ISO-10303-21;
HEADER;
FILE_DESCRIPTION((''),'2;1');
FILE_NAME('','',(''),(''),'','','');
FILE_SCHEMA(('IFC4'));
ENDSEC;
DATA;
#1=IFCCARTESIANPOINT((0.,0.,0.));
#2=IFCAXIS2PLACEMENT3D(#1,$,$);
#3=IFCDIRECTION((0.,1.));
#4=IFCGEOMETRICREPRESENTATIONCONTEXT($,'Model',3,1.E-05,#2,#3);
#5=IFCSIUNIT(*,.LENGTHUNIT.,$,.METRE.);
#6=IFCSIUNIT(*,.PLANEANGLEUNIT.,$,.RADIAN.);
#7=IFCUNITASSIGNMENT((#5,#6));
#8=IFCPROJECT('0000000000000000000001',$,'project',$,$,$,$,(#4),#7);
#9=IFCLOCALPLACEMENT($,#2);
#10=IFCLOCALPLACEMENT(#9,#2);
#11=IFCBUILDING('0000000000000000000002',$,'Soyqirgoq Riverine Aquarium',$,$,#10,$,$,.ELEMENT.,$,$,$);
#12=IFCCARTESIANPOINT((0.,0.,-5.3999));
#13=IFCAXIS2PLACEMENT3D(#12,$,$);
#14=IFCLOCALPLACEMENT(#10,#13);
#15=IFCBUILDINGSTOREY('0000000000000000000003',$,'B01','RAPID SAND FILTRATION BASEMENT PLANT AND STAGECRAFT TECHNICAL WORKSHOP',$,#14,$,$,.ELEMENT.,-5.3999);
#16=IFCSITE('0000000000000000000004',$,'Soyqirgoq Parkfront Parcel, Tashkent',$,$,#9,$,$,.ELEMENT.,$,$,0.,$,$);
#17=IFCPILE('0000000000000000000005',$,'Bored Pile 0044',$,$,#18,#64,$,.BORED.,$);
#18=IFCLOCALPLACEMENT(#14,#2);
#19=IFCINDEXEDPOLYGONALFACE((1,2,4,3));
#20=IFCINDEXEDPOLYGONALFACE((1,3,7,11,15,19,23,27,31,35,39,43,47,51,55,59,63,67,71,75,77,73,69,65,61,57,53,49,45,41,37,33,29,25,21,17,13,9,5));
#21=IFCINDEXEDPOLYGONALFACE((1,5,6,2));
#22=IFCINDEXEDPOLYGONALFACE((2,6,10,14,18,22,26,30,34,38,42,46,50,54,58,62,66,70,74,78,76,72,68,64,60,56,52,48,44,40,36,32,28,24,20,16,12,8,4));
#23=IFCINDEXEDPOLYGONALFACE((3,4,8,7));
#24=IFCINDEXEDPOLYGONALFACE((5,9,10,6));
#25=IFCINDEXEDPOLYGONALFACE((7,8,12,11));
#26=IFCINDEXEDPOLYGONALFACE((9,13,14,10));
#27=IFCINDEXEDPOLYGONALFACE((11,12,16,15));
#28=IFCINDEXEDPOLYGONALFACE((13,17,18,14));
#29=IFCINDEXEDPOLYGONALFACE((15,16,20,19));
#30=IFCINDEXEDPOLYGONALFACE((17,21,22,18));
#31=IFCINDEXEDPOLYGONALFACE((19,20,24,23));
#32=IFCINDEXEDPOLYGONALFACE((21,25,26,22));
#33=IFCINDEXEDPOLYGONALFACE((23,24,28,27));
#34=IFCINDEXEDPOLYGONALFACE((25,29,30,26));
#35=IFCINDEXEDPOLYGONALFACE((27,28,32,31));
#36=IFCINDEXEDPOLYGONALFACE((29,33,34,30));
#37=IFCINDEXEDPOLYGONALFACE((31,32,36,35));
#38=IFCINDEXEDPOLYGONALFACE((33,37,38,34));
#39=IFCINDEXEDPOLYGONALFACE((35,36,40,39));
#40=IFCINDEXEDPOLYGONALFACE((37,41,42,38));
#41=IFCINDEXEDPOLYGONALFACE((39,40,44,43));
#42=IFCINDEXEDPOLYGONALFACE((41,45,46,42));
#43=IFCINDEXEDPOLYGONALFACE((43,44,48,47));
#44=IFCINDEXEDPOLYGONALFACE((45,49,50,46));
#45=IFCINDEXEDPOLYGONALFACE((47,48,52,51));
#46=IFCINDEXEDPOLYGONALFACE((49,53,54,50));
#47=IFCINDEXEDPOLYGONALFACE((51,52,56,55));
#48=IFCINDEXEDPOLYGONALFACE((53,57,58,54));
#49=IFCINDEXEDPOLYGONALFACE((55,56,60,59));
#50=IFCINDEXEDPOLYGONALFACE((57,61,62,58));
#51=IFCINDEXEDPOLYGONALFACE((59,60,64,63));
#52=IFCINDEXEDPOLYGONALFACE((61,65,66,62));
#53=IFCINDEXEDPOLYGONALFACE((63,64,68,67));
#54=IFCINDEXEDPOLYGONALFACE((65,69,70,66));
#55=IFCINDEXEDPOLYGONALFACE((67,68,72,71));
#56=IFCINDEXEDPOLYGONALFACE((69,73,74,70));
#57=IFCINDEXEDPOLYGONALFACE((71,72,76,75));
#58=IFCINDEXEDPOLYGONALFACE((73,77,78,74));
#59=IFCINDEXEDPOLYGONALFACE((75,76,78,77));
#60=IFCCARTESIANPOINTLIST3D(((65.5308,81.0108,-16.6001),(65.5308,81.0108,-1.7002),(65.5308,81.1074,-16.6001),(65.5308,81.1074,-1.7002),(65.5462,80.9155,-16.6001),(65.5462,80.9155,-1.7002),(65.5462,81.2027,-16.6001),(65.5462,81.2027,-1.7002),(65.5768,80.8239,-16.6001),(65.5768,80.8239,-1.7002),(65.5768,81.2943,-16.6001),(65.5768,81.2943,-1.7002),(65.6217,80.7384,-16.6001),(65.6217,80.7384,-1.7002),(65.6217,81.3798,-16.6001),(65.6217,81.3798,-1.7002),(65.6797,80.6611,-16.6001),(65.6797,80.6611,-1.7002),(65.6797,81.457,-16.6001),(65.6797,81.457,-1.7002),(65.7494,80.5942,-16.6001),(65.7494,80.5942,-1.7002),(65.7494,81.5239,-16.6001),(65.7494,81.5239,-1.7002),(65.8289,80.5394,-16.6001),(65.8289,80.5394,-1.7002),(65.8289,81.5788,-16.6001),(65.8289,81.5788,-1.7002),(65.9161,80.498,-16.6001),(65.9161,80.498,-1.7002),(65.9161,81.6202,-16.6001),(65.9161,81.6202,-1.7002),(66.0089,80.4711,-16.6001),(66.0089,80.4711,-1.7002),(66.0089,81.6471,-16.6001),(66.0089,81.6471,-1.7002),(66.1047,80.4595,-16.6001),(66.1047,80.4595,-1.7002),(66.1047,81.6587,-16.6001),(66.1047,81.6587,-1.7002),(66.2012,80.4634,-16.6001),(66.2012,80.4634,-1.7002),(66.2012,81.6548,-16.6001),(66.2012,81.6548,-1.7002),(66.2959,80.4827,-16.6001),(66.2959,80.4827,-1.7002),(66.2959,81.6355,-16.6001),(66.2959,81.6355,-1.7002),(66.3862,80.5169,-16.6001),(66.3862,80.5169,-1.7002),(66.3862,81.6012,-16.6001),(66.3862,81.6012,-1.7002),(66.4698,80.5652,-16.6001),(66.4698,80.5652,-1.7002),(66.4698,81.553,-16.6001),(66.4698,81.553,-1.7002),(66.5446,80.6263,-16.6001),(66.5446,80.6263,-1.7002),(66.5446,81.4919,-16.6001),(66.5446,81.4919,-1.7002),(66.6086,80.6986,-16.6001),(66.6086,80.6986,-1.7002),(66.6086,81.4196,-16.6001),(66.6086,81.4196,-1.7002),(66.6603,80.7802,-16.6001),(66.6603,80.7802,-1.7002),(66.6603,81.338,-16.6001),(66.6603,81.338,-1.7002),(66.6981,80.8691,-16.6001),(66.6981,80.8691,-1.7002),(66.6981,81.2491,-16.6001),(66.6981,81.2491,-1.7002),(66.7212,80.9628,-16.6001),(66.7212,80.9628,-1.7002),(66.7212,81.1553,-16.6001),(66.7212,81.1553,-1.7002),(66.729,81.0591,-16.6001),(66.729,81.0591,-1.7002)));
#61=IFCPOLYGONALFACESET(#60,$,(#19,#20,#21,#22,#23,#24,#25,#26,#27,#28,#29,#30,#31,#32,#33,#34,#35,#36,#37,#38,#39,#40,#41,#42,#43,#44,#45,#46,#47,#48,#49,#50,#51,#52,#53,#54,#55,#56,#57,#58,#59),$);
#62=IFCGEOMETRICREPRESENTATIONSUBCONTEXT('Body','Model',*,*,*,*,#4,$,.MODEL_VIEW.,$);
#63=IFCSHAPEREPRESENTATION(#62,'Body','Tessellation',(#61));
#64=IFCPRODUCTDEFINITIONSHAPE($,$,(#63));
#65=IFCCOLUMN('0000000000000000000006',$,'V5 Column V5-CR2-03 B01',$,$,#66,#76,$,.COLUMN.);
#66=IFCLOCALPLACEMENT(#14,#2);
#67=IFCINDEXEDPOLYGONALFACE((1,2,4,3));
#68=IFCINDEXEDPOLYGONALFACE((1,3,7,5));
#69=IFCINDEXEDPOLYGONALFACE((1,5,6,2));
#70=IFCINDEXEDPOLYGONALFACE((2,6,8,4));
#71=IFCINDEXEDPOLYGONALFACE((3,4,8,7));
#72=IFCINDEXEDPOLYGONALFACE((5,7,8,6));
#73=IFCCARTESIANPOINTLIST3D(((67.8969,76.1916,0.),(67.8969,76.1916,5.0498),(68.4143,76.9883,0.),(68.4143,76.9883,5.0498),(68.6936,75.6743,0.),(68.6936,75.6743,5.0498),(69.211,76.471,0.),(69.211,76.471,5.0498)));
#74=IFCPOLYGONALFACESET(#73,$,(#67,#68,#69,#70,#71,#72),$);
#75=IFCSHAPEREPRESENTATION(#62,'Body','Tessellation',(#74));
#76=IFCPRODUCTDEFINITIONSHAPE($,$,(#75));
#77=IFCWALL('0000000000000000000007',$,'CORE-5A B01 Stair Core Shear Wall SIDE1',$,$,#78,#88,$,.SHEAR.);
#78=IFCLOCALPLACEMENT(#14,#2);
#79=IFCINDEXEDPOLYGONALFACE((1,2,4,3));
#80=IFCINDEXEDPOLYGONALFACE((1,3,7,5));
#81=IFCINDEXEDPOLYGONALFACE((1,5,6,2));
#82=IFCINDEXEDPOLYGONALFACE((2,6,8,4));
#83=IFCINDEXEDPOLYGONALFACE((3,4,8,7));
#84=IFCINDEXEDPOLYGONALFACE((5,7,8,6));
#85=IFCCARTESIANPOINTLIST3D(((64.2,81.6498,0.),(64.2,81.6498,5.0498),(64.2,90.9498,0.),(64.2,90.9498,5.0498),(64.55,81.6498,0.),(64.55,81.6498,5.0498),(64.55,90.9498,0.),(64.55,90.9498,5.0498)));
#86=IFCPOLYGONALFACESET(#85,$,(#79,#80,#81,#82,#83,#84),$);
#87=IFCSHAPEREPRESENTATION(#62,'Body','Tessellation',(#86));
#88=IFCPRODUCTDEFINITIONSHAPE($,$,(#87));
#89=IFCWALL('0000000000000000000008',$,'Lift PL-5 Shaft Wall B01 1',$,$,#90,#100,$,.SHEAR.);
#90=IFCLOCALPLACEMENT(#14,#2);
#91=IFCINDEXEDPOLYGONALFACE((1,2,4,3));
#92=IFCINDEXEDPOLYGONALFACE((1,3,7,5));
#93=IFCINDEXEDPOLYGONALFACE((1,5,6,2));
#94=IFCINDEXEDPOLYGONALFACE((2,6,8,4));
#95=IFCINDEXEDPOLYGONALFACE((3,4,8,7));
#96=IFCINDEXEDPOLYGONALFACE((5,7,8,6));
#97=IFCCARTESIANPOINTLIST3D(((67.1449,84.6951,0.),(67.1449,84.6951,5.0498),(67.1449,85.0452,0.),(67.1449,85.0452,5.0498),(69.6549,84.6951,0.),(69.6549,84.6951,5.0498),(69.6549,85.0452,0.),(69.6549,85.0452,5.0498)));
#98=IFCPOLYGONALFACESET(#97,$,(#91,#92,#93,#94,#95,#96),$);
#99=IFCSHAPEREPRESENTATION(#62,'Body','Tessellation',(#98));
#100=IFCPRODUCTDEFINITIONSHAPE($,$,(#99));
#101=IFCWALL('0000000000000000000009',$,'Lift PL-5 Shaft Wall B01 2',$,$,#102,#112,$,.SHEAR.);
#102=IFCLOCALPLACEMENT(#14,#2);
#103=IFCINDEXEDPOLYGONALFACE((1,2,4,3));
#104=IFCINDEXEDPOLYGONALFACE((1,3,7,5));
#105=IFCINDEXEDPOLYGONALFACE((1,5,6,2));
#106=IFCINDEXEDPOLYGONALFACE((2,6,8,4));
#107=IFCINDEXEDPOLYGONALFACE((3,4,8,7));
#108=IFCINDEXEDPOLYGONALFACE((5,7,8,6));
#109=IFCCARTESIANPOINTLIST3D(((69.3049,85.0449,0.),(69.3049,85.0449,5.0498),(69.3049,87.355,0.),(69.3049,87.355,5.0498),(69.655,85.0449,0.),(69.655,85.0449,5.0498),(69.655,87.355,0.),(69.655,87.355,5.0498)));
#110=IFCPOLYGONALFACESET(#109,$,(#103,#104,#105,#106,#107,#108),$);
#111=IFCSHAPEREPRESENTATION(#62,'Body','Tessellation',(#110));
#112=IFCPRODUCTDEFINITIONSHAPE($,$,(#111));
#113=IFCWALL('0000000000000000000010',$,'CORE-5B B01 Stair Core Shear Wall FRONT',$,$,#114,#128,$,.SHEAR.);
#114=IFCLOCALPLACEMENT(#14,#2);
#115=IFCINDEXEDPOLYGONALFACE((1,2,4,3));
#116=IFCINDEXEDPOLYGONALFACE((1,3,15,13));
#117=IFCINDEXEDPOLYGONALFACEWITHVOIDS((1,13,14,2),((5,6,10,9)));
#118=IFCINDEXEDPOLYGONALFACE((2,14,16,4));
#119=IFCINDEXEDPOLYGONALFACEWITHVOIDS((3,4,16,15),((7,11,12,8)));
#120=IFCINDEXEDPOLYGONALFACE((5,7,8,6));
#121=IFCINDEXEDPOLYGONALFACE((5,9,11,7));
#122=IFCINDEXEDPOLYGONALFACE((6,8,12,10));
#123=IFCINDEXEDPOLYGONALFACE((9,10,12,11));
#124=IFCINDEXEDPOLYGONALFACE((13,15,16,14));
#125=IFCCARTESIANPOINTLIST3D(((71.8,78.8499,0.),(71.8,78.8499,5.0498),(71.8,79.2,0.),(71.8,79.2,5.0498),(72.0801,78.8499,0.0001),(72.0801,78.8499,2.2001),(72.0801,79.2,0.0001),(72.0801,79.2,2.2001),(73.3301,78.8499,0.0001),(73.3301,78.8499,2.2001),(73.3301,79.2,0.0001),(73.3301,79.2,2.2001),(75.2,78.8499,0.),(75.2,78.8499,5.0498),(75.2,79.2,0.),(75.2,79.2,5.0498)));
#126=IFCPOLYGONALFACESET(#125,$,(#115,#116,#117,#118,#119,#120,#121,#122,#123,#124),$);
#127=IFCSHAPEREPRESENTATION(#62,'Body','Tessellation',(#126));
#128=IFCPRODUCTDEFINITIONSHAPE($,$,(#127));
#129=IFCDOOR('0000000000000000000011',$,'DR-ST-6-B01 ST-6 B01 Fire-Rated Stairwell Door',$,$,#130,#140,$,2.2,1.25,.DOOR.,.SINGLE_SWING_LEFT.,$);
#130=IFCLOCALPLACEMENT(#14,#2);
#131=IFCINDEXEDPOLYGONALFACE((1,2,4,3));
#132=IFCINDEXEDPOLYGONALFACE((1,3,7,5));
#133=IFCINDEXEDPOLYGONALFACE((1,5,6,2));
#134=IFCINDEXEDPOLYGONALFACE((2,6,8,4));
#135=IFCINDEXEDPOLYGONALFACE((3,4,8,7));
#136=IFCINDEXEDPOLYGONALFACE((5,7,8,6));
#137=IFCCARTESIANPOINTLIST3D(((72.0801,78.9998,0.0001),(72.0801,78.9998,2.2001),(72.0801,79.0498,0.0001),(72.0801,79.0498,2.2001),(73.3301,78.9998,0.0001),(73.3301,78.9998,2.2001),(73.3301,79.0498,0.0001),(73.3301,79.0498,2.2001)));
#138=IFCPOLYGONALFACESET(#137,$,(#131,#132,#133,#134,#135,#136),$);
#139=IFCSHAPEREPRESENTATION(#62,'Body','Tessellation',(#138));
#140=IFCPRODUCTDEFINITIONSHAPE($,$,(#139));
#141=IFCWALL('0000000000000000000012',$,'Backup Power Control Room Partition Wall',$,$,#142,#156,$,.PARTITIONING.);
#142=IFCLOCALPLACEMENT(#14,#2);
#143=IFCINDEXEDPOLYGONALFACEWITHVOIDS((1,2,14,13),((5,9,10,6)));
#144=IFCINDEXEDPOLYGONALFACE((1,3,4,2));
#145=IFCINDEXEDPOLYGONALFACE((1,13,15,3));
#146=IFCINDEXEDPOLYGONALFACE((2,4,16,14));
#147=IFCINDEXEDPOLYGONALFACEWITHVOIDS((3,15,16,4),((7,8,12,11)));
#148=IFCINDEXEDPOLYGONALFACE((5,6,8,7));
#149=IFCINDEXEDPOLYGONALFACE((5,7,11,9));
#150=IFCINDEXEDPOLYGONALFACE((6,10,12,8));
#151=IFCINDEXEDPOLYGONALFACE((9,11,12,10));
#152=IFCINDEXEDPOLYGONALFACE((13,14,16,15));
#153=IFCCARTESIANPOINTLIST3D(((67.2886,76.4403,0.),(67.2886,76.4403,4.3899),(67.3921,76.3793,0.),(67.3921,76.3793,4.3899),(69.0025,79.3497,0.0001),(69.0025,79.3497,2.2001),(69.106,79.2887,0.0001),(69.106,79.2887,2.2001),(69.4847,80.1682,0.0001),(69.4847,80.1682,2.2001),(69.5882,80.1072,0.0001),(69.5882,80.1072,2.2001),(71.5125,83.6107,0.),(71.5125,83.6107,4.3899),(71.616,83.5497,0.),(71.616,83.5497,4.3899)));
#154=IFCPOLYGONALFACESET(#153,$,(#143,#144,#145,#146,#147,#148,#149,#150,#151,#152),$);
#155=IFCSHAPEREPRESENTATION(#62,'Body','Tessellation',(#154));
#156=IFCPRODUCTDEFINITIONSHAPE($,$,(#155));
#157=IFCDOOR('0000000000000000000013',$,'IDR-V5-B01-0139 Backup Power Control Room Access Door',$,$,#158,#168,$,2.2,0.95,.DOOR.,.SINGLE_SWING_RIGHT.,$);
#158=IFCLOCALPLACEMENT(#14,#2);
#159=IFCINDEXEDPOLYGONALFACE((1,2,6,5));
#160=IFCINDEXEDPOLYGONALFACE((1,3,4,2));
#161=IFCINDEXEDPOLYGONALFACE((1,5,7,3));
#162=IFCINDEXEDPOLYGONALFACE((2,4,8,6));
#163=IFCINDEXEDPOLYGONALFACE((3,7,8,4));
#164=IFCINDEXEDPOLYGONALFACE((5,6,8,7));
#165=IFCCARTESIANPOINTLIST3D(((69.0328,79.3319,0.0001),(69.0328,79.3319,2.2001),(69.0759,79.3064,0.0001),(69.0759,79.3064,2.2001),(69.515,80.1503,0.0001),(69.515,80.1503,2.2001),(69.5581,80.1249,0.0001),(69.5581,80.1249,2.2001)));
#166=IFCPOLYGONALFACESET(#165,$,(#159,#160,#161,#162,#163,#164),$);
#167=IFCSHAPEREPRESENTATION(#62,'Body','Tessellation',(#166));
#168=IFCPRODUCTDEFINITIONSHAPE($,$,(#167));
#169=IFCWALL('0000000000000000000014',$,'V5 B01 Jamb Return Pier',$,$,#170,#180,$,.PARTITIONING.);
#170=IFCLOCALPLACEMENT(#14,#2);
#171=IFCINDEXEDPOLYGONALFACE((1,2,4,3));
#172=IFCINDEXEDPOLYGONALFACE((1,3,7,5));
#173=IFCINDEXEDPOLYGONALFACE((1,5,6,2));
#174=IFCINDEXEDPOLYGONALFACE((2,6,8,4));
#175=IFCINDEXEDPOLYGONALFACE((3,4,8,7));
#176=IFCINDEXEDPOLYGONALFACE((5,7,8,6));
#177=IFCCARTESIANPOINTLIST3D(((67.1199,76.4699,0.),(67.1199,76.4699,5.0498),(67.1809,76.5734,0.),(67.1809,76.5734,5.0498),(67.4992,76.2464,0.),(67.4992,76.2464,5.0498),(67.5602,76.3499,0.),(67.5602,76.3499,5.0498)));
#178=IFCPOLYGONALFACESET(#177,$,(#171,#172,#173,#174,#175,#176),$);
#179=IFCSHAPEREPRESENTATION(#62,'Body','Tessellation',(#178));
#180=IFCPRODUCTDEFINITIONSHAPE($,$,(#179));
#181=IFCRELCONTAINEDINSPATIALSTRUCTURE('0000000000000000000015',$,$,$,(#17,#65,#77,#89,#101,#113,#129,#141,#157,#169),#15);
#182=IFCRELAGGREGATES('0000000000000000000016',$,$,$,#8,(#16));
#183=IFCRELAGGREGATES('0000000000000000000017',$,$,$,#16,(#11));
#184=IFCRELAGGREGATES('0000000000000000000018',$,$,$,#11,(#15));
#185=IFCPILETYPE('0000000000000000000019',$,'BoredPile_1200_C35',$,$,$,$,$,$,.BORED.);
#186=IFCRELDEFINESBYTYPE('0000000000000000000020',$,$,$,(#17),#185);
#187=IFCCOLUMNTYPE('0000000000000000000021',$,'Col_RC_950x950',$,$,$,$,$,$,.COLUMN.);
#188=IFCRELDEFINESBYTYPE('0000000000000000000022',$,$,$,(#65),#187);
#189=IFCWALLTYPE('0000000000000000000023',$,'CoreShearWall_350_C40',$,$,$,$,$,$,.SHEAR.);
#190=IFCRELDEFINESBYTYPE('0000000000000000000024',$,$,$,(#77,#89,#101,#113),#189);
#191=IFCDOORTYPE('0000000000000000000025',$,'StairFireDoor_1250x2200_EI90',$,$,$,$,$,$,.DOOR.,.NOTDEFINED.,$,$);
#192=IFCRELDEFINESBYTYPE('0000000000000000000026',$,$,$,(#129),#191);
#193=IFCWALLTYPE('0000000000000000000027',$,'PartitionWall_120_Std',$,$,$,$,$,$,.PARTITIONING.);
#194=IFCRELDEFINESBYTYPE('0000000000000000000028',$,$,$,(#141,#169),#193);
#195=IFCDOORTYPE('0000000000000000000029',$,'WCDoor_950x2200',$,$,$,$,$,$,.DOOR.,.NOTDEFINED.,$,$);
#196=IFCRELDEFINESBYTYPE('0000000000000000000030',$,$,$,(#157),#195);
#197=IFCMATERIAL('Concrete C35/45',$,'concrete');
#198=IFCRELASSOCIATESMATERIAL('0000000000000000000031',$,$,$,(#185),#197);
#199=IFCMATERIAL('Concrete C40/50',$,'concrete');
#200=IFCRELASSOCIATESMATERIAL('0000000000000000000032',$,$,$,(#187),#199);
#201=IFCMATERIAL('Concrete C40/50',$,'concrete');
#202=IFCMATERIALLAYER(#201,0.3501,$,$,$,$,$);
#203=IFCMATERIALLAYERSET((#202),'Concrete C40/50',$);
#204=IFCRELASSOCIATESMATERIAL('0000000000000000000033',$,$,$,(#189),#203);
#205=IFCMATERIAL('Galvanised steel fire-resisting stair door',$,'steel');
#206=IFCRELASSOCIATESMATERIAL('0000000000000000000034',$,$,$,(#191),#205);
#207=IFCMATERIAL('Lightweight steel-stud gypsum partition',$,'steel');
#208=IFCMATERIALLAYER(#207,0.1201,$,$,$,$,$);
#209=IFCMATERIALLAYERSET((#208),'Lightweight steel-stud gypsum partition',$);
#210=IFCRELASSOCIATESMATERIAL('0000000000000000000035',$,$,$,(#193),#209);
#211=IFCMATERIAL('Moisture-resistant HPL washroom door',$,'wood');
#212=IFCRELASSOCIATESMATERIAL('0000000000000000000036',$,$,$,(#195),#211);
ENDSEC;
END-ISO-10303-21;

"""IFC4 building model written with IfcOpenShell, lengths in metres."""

from ifc_helpers import new_model, si_unit, direction, frame, frame_2d, origin, origin_2d, place, context, subcontext, project, spatial, rectangle, circle, extrude, material, layer, layer_set, material_profile, profile_set, type_object, element, fill, save


model = new_model("IFC4")

# Units and contexts
model_context = context("Model", 3, precision=1e-05, world=origin(), true_north=direction((0.0, 1.0)))
body_context = subcontext(model_context, "Body", "Model", "MODEL_VIEW")
ifc_project = project(units=[si_unit("LENGTHUNIT", "METRE"), si_unit("PLANEANGLEUNIT", "RADIAN")], contexts=[model_context])

# Site, building, storey
site_placement = place(None, origin())
site = spatial("IfcSite", under=ifc_project, at=site_placement, Name="Soyqirgoq Parkfront Parcel, Tashkent", CompositionType="ELEMENT", RefElevation=0.0)
building_placement = place(site_placement, origin())
building = spatial("IfcBuilding", under=site, at=building_placement, Name="Soyqirgoq Riverine Aquarium", CompositionType="ELEMENT")
storey_placement = place(building_placement, frame((0.0, 0.0, -5.3999)))
storey = spatial("IfcBuildingStorey", under=building, at=storey_placement, Name="B01", Description="RAPID SAND FILTRATION BASEMENT PLANT AND STAGECRAFT TECHNICAL WORKSHOP", CompositionType="ELEMENT", Elevation=-5.3999)

# Pile
ifc_material_1 = material(Name="Concrete C35/45", Category="concrete")
ifc_material_profile_1 = material_profile(ifc_material_1, circle(Radius=0.6001, at=origin_2d()), Name="BP D1200")
ifc_profile_set_1 = profile_set([ifc_material_profile_1], Name="Concrete C35/45")
pile_type = type_object("IfcPileType", Name="BoredPile_1200_C35", PredefinedType="BORED", material=ifc_profile_set_1)
pile_placement = place(storey_placement, frame((66.1289, 81.0591, -1.7002), z_axis=(0.0, 0.0, -1.0), x_axis=(1.0, 0.0, 0.0)))
element("IfcPile", 1, at=pile_placement, inside=storey, type_object=pile_type, Name="Bored Pile 0044", PredefinedType="BORED", context=body_context, shape_type="SweptSolid", body=[
    extrude(circle(Radius=0.6001, at=origin_2d()), origin(), (0.0, 0.0, 1.0), 14.8999),
])

# Column
ifc_material_2 = material(Name="Concrete C40/50", Category="concrete")
ifc_material_profile_2 = material_profile(ifc_material_2, rectangle(XDim=0.95, YDim=0.95, at=origin_2d()), Name="RC 950x950")
ifc_profile_set_2 = profile_set([ifc_material_profile_2], Name="Concrete C40/50")
column_type = type_object("IfcColumnType", Name="Col_RC_950x950", PredefinedType="COLUMN", material=ifc_profile_set_2)
column_placement = place(storey_placement, frame((68.554, 76.3313, 0.0), z_axis=(0.0, 0.0, 1.0), x_axis=(0.544639, 0.838671, 0.0)))
element("IfcColumn", 2, at=column_placement, inside=storey, type_object=column_type, Name="V5 Column V5-CR2-03 B01", PredefinedType="COLUMN", context=body_context, shape_type="SweptSolid", body=[
    extrude(rectangle(XDim=0.95, YDim=0.95, at=origin_2d()), origin(), (0.0, 0.0, 1.0), 5.0498),
])

# Walls
ifc_material_3 = material(Name="Concrete C40/50", Category="concrete")
ifc_layer_1 = layer(ifc_material_3, 0.3501)
ifc_layer_set_1 = layer_set([ifc_layer_1], Name="Concrete C40/50")
wall_type_1 = type_object("IfcWallType", Name="CoreShearWall_350_C40", PredefinedType="SHEAR", material=ifc_layer_set_1)
wall_1_placement = place(storey_placement, frame((64.375, 81.6499, 0.0), z_axis=(0.0, 0.0, 1.0), x_axis=(0.0, 1.0, 0.0)))
element("IfcWall", 3, at=wall_1_placement, inside=storey, type_object=wall_type_1, Name="CORE-5A B01 Stair Core Shear Wall SIDE1", PredefinedType="SHEAR", context=body_context, shape_type="SweptSolid", body=[
    extrude(rectangle(XDim=9.3, YDim=0.3501, at=frame_2d((4.6499, 0.0))), origin(), (0.0, 0.0, 1.0), 5.0498),
])
wall_2_placement = place(storey_placement, frame((67.145, 84.8701, 0.0), z_axis=(0.0, 0.0, 1.0), x_axis=(1.0, 0.0, 0.0)))
element("IfcWall", 4, at=wall_2_placement, inside=storey, type_object=wall_type_1, Name="Lift PL-5 Shaft Wall B01 1", PredefinedType="SHEAR", context=body_context, shape_type="SweptSolid", body=[
    extrude(rectangle(XDim=2.51, YDim=0.3501, at=frame_2d((1.2549, 0.0))), origin(), (0.0, 0.0, 1.0), 5.0498),
])
wall_3_placement = place(storey_placement, frame((69.48, 85.0449, 0.0), z_axis=(0.0, 0.0, 1.0), x_axis=(0.0, 1.0, 0.0)))
element("IfcWall", 5, at=wall_3_placement, inside=storey, type_object=wall_type_1, Name="Lift PL-5 Shaft Wall B01 2", PredefinedType="SHEAR", context=body_context, shape_type="SweptSolid", body=[
    extrude(rectangle(XDim=2.3101, YDim=0.3501, at=frame_2d((1.155, 0.0))), origin(), (0.0, 0.0, 1.0), 5.0498),
])

# Walls, openings, doors
wall_4_placement = place(storey_placement, frame((71.8, 79.0249, 0.0), z_axis=(0.0, 0.0, 1.0), x_axis=(1.0, 0.0, 0.0)))
wall_4 = element("IfcWall", 6, at=wall_4_placement, inside=storey, type_object=wall_type_1, Name="CORE-5B B01 Stair Core Shear Wall FRONT", PredefinedType="SHEAR", context=body_context, shape_type="SweptSolid", body=[
    extrude(rectangle(XDim=3.3999, YDim=0.3501, at=frame_2d((1.7, 0.0))), origin(), (0.0, 0.0, 1.0), 5.0498),
])
opening_1_placement = place(wall_4_placement, frame((0.28, 0.0, 0.0)))
opening_1 = element("IfcOpeningElement", 7, at=opening_1_placement, cuts=wall_4, PredefinedType="OPENING", context=body_context, shape_type="SweptSolid", body=[
    extrude(rectangle(XDim=1.25, YDim=2.2, at=frame_2d((0.625, 1.1001))), frame((0.0, 0.1851, 0.0), z_axis=(0.0, -1.0, 0.0), x_axis=(1.0, 0.0, 0.0)), (0.0, 0.0, 1.0), 0.3701),
])
ifc_material_4 = material(Name="Galvanised steel fire-resisting stair door", Category="steel")
door_type_1 = type_object("IfcDoorType", Name="StairFireDoor_1250x2200_EI90", OperationType="NOTDEFINED", PredefinedType="DOOR", material=ifc_material_4)
door_1_placement = place(opening_1_placement, origin())
door_1 = element("IfcDoor", 8, at=door_1_placement, inside=storey, type_object=door_type_1, Name="DR-ST-6-B01 ST-6 B01 Fire-Rated Stairwell Door", OperationType="SINGLE_SWING_LEFT", OverallHeight=2.2, OverallWidth=1.25, PredefinedType="DOOR", context=body_context, shape_type="SweptSolid", body=[
    extrude(rectangle(XDim=1.25, YDim=2.2, at=frame_2d((0.625, 1.1001))), frame((0.0, 0.0249, 0.0), z_axis=(0.0, -1.0, 0.0), x_axis=(1.0, 0.0, 0.0)), (0.0, 0.0, 1.0), 0.05),
])
fill(opening_1, door_1)
ifc_material_5 = material(Name="Lightweight steel-stud gypsum partition", Category="steel")
ifc_layer_2 = layer(ifc_material_5, 0.1201)
ifc_layer_set_2 = layer_set([ifc_layer_2], Name="Lightweight steel-stud gypsum partition")
wall_type_2 = type_object("IfcWallType", Name="PartitionWall_120_Std", PredefinedType="PARTITIONING", material=ifc_layer_set_2)
wall_5_placement = place(storey_placement, frame((67.3403, 76.4097, 0.0), z_axis=(0.0, 0.0, 1.0), x_axis=(0.507555, 0.86162, 0.0)))
wall_5 = element("IfcWall", 9, at=wall_5_placement, inside=storey, type_object=wall_type_2, Name="Backup Power Control Room Partition Wall", PredefinedType="PARTITIONING", context=body_context, shape_type="SweptSolid", body=[
    extrude(rectangle(XDim=8.322, YDim=0.1201, at=frame_2d((4.1611, 0.0))), origin(), (0.0, 0.0, 1.0), 4.3899),
])
opening_2_placement = place(wall_5_placement, frame((3.3767, 0.0, 0.0)))
opening_2 = element("IfcOpeningElement", 10, at=opening_2_placement, cuts=wall_5, PredefinedType="OPENING", context=body_context, shape_type="SweptSolid", body=[
    extrude(rectangle(XDim=0.95, YDim=2.2, at=frame_2d((0.4751, 1.1001))), frame((0.0, 0.0701, 0.0), z_axis=(0.0, -1.0, 0.0), x_axis=(1.0, 0.0, 0.0)), (0.0, 0.0, 1.0), 0.1401),
])
ifc_material_6 = material(Name="Moisture-resistant HPL washroom door", Category="wood")
door_type_2 = type_object("IfcDoorType", Name="WCDoor_950x2200", OperationType="NOTDEFINED", PredefinedType="DOOR", material=ifc_material_6)
door_2_placement = place(opening_2_placement, origin())
door_2 = element("IfcDoor", 11, at=door_2_placement, inside=storey, type_object=door_type_2, Name="IDR-V5-B01-0139 Backup Power Control Room Access Door", OperationType="SINGLE_SWING_RIGHT", OverallHeight=2.2, OverallWidth=0.95, PredefinedType="DOOR", context=body_context, shape_type="SweptSolid", body=[
    extrude(rectangle(XDim=0.95, YDim=2.2, at=frame_2d((0.4751, 1.1001))), frame((0.0, 0.0249, 0.0), z_axis=(0.0, -1.0, 0.0), x_axis=(1.0, 0.0, 0.0)), (0.0, 0.0, 1.0), 0.05),
])
fill(opening_2, door_2)

# Wall
wall_6_placement = place(storey_placement, frame((67.5298, 76.2981, 0.0), z_axis=(0.0, 0.0, 1.0), x_axis=(-0.861577, 0.507626, 0.0)))
element("IfcWall", 12, at=wall_6_placement, inside=storey, type_object=wall_type_2, Name="V5 B01 Jamb Return Pier", PredefinedType="PARTITIONING", context=body_context, shape_type="SweptSolid", body=[
    extrude(rectangle(XDim=0.4402, YDim=0.1201, at=frame_2d((0.2202, 0.0))), origin(), (0.0, 0.0, 1.0), 5.0498),
])

save(model, "model.ifc")
